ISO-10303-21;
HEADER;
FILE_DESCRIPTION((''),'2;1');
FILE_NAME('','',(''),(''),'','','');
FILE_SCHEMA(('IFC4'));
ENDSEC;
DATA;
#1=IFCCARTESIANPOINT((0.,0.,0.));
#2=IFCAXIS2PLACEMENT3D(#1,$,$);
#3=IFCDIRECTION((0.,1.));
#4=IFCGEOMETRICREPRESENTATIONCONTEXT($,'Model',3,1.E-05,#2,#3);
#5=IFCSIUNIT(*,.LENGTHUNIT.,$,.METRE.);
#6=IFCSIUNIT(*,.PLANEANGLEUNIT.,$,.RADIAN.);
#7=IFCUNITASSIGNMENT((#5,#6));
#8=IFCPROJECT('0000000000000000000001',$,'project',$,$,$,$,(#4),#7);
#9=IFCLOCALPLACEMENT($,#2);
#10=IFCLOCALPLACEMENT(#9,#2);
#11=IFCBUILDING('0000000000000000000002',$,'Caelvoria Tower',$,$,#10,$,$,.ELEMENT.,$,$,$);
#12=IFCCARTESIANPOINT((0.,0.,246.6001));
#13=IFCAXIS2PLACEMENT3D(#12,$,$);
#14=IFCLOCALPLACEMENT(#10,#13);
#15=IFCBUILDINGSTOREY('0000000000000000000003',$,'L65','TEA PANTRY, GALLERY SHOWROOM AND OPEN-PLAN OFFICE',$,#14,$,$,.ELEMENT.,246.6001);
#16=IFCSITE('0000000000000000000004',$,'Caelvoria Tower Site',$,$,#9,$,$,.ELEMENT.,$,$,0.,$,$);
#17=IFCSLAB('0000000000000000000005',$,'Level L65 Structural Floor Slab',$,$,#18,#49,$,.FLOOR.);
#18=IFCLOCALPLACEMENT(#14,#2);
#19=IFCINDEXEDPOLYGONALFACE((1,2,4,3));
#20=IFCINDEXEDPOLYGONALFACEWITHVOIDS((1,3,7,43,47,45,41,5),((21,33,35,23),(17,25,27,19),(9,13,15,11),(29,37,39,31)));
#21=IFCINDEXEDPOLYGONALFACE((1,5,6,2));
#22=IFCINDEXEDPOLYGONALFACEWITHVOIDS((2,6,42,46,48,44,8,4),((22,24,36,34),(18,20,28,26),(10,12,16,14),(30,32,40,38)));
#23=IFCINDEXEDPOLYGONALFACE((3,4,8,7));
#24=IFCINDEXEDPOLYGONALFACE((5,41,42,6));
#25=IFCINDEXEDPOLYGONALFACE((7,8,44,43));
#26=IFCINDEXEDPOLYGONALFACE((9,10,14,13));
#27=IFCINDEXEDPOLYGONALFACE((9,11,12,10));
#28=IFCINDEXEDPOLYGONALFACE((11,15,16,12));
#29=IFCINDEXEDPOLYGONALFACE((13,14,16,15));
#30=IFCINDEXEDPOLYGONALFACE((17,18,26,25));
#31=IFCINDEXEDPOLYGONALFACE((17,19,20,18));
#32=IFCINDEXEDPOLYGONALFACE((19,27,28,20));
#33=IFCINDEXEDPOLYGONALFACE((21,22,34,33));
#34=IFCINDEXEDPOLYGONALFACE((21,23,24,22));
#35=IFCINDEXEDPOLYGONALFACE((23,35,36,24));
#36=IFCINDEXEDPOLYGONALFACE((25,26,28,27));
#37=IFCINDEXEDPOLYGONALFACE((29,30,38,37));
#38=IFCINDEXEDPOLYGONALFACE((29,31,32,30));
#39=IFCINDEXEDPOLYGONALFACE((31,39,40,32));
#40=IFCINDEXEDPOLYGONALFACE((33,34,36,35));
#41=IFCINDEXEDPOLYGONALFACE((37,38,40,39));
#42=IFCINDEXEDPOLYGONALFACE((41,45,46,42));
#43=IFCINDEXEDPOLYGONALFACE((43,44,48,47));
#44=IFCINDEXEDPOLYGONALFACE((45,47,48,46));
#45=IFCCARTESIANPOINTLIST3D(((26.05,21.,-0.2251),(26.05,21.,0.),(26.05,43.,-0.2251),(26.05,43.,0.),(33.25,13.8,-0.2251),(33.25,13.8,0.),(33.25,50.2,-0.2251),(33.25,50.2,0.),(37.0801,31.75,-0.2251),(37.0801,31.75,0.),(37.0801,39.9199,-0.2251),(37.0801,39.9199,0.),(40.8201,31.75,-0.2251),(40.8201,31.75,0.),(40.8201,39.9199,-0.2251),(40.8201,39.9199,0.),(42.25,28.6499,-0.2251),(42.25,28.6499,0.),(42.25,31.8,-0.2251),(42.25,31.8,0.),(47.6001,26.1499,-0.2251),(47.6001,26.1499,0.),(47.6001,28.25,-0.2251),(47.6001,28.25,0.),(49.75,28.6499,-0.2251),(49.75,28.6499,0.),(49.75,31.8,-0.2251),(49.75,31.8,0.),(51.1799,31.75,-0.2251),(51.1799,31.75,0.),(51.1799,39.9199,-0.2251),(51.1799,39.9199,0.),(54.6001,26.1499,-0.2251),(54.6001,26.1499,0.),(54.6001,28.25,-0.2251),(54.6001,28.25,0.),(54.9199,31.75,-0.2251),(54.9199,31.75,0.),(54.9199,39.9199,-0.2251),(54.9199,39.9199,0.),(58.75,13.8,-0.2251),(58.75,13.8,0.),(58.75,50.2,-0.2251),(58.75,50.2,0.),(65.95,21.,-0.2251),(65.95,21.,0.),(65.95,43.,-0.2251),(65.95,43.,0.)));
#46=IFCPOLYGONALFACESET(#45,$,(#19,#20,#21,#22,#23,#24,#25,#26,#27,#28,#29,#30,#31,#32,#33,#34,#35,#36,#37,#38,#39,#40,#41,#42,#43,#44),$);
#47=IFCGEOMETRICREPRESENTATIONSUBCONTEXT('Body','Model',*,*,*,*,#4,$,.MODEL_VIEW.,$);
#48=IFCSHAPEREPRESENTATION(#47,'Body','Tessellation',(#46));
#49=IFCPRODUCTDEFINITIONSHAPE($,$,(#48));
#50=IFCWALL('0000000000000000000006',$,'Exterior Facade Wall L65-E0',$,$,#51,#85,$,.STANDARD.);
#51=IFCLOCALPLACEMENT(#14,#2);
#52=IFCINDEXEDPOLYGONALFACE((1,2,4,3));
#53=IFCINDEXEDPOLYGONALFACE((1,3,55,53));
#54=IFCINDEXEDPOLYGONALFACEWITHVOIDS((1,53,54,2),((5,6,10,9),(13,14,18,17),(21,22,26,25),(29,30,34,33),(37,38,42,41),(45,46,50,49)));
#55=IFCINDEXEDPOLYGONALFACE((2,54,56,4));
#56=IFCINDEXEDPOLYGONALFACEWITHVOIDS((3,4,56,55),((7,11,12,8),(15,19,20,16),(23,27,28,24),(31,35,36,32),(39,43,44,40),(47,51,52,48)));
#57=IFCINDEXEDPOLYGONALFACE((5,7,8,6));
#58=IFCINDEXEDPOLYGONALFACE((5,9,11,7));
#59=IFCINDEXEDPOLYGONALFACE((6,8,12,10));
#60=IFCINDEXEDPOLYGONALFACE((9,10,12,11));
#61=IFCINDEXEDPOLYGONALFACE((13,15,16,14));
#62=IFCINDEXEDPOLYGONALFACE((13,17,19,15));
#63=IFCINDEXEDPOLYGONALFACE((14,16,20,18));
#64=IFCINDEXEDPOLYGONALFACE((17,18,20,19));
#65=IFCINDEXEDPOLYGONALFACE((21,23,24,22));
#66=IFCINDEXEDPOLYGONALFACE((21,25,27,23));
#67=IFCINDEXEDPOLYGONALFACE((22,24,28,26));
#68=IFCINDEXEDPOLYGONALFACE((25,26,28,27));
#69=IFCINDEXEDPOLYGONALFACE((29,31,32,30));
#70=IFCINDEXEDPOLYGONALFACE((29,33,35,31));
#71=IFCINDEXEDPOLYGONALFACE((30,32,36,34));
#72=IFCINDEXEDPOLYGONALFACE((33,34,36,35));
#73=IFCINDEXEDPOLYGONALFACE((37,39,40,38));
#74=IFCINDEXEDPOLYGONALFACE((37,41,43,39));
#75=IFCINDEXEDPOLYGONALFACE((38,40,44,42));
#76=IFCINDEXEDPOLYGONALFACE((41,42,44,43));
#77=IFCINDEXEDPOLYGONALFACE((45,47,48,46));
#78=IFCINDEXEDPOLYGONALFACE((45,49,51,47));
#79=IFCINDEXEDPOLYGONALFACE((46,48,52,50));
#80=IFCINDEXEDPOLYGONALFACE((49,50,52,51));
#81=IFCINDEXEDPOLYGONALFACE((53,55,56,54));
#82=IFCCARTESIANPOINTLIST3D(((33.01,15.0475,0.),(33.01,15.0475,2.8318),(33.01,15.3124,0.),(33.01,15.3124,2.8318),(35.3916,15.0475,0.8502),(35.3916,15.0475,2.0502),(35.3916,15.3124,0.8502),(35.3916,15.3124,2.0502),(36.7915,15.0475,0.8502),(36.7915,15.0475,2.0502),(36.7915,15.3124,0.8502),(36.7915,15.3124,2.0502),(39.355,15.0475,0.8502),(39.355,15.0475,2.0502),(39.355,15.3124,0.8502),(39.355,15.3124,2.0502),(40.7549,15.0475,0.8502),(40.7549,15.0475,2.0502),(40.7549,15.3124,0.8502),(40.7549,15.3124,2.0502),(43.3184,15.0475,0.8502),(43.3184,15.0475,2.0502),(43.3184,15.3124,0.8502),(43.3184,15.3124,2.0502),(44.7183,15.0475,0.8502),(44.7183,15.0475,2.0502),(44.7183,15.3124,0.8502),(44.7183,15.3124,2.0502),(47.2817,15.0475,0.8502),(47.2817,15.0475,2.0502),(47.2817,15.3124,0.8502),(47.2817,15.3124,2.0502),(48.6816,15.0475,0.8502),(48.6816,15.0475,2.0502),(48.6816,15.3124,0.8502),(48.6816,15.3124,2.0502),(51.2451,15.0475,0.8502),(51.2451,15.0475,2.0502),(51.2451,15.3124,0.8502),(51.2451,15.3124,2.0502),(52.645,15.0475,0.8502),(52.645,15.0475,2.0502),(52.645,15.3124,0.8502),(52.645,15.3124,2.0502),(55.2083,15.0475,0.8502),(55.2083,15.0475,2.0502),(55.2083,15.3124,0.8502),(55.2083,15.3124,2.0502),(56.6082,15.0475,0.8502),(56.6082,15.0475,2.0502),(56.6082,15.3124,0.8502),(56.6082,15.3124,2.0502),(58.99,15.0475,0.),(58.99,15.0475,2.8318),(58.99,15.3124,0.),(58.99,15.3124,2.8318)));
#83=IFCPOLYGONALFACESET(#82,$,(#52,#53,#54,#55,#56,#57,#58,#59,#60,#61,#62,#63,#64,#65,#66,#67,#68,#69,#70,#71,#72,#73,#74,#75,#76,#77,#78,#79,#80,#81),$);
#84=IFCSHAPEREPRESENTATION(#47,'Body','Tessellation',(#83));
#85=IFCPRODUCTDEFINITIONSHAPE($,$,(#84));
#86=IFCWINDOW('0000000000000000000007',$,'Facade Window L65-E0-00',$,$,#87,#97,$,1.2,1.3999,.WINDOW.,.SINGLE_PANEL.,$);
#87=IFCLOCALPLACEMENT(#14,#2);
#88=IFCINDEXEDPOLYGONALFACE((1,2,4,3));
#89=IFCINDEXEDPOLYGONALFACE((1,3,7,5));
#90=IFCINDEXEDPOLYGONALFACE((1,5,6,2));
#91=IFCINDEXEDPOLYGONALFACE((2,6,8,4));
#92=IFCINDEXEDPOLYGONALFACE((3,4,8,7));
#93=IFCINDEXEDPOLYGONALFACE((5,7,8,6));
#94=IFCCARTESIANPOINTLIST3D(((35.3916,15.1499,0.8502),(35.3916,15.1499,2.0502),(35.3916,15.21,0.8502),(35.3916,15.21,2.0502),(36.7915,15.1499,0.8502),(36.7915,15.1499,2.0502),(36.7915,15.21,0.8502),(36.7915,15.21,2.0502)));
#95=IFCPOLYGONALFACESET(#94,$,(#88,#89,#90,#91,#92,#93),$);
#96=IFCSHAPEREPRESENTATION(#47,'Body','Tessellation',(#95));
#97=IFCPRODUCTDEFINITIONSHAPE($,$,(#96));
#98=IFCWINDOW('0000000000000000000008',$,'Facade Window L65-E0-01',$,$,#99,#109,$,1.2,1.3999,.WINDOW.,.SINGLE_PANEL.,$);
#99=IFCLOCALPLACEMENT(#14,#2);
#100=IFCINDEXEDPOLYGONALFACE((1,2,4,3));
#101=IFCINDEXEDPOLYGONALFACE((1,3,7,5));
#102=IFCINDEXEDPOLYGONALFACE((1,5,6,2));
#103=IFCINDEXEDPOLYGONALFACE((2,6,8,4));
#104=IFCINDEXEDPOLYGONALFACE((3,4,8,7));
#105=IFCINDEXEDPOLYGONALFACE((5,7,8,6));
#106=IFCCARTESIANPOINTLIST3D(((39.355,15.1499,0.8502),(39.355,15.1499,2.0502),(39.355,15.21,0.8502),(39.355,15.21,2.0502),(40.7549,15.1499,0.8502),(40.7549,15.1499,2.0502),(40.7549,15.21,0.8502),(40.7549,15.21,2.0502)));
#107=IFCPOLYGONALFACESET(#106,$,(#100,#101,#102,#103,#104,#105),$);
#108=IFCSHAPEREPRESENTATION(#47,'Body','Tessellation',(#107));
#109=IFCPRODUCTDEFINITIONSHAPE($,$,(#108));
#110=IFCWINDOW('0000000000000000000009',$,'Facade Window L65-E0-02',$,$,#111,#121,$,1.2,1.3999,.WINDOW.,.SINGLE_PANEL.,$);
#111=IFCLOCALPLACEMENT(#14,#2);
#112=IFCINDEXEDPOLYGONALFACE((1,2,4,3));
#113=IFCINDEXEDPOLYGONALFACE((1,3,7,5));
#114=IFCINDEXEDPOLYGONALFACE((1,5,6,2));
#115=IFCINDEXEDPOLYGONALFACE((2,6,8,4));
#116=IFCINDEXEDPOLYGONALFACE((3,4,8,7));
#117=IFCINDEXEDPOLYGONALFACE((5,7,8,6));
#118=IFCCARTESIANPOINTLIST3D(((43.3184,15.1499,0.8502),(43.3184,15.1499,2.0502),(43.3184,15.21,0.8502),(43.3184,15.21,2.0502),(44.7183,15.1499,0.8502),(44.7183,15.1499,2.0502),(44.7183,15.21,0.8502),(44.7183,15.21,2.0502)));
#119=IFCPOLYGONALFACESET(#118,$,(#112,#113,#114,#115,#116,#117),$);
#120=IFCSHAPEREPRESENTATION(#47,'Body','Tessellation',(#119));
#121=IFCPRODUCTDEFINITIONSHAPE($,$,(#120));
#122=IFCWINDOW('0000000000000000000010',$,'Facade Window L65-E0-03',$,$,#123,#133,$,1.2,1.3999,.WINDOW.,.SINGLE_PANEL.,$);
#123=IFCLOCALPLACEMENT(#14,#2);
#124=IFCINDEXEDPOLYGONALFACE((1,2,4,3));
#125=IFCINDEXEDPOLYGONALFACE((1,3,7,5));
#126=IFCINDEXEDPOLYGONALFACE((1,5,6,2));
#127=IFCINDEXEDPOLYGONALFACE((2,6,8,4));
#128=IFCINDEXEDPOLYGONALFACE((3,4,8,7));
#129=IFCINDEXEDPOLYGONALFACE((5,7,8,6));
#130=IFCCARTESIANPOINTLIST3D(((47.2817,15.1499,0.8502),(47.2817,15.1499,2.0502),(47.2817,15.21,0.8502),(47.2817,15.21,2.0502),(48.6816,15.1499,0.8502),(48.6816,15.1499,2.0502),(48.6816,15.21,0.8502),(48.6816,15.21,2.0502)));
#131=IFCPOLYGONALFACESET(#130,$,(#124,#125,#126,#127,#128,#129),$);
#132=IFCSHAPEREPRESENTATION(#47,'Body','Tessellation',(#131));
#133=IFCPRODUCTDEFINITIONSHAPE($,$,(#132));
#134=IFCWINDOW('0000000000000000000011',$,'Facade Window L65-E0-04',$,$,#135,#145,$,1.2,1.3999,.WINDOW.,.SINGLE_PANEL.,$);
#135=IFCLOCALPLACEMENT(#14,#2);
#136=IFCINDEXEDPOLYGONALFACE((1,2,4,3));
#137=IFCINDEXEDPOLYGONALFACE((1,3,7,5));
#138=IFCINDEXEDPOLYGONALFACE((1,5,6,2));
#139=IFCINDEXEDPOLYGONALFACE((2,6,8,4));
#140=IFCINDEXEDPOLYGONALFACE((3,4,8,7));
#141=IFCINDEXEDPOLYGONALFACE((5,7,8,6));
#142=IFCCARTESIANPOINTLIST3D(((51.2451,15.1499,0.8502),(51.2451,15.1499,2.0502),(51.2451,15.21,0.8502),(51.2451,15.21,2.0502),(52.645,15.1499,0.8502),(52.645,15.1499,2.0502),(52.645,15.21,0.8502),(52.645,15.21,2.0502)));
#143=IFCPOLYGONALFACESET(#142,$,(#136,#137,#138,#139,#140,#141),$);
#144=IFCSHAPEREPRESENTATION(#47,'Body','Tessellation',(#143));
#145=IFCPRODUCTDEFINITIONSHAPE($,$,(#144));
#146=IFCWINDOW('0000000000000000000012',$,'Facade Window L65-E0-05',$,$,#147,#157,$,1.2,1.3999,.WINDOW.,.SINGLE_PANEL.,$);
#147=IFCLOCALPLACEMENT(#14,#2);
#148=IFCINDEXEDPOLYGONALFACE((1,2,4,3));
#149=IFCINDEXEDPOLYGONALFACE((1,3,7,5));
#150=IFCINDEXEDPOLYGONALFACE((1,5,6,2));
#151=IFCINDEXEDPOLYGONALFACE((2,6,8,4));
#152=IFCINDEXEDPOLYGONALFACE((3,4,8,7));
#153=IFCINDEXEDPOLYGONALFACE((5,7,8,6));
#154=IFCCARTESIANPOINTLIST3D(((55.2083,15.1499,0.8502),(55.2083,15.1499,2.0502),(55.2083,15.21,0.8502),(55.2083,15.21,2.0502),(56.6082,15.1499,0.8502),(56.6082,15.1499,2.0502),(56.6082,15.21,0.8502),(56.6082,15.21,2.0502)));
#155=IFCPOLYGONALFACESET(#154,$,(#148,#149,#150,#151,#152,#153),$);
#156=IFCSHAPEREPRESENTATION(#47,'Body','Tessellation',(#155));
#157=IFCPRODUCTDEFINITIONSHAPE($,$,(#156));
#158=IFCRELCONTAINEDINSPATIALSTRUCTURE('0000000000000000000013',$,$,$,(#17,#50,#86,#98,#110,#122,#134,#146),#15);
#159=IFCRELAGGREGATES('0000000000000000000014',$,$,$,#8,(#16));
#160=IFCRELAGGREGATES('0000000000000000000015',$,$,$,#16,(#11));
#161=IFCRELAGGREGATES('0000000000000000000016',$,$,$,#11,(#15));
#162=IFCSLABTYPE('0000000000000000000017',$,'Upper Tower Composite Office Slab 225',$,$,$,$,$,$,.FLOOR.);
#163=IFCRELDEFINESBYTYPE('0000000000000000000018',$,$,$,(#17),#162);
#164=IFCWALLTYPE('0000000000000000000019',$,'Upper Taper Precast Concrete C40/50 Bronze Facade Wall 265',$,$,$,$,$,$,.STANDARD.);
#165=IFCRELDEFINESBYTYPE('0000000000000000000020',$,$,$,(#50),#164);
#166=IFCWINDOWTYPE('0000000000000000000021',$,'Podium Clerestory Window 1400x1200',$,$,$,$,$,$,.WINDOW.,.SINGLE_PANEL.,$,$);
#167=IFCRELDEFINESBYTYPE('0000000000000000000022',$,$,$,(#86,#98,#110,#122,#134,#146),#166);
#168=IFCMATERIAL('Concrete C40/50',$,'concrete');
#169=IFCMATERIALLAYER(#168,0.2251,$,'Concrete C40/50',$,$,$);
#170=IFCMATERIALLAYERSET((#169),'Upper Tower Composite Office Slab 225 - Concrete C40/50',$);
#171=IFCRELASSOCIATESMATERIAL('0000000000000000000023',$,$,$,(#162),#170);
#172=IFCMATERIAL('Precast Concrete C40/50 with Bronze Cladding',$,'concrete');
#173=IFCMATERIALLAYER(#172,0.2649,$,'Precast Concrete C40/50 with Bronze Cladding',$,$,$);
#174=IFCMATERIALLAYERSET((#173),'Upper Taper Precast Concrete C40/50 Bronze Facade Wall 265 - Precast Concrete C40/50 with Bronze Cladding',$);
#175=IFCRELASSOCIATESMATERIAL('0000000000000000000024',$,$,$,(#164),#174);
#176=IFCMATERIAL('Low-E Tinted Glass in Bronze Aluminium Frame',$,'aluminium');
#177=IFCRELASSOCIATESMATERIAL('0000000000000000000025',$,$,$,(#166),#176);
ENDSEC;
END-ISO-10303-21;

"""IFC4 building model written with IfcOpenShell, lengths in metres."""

from ifc_helpers import new_model, si_unit, direction, frame, frame_2d, origin, place, context, subcontext, project, spatial, polyline, rectangle, outline, extrude, material, layer, layer_set, type_object, element, fill, save


model = new_model("IFC4")

# Units and contexts
model_context = context("Model", 3, precision=1e-05, world=origin(), true_north=direction((0.0, 1.0)))
body_context = subcontext(model_context, "Body", "Model", "MODEL_VIEW")
ifc_project = project(units=[si_unit("LENGTHUNIT", "METRE"), si_unit("PLANEANGLEUNIT", "RADIAN")], contexts=[model_context])

# Site, building, storey
site_placement = place(None, origin())
site = spatial("IfcSite", under=ifc_project, at=site_placement, Name="Caelvoria Tower Site", CompositionType="ELEMENT", RefElevation=0.0)
building_placement = place(site_placement, origin())
building = spatial("IfcBuilding", under=site, at=building_placement, Name="Caelvoria Tower", CompositionType="ELEMENT")
storey_placement = place(building_placement, frame((0.0, 0.0, 246.6001)))
storey = spatial("IfcBuildingStorey", under=building, at=storey_placement, Name="L65", Description="TEA PANTRY, GALLERY SHOWROOM AND OPEN-PLAN OFFICE", CompositionType="ELEMENT", Elevation=246.6001)

# Shared definitions
ifc_material_1 = material(Name="Concrete C40/50", Category="concrete")

# Slab
ifc_layer_1 = layer(ifc_material_1, 0.2251, Name="Concrete C40/50")
ifc_layer_set_1 = layer_set([ifc_layer_1], Name="Upper Tower Composite Office Slab 225 - Concrete C40/50")
slab_type_1 = type_object("IfcSlabType", Name="Upper Tower Composite Office Slab 225", PredefinedType="FLOOR", material=ifc_layer_set_1)
slab_1_placement = place(storey_placement, frame((0.0, 0.0, -0.2251)))
element("IfcSlab", 1, at=slab_1_placement, inside=storey, type_object=slab_type_1, Name="Level L65 Structural Floor Slab", PredefinedType="FLOOR", context=body_context, shape_type="SweptSolid", body=[
    extrude(outline(polyline([(33.25, 13.8), (58.75, 13.8), (65.95, 21.0), (65.95, 43.0), (58.75, 50.2), (33.25, 50.2), (26.05, 43.0), (26.05, 21.0), (33.25, 13.8)]), holes=[polyline([(37.0801, 31.75), (40.8201, 31.75), (40.8201, 39.9199), (37.0801, 39.9199), (37.0801, 31.75)]), polyline([(51.1799, 31.75), (54.9199, 31.75), (54.9199, 39.9199), (51.1799, 39.9199), (51.1799, 31.75)]), polyline([(42.25, 28.6499), (49.75, 28.6499), (49.75, 31.8), (42.25, 31.8), (42.25, 28.6499)]), polyline([(47.6001, 26.1499), (54.6001, 26.1499), (54.6001, 28.25), (47.6001, 28.25), (47.6001, 26.1499)])]), origin(), (0.0, 0.0, 1.0), 0.2251),
])

# Wall, openings, windows
ifc_material_2 = material(Name="Precast Concrete C40/50 with Bronze Cladding", Category="concrete")
ifc_layer_2 = layer(ifc_material_2, 0.2649, Name="Precast Concrete C40/50 with Bronze Cladding")
ifc_layer_set_2 = layer_set([ifc_layer_2], Name="Upper Taper Precast Concrete C40/50 Bronze Facade Wall 265 - Precast Concrete C40/50 with Bronze Cladding")
wall_type = type_object("IfcWallType", Name="Upper Taper Precast Concrete C40/50 Bronze Facade Wall 265", PredefinedType="STANDARD", material=ifc_layer_set_2)
wall_1_placement = place(storey_placement, frame((33.01, 15.1799, 0.0), z_axis=(0.0, 0.0, 1.0), x_axis=(1.0, 0.0, 0.0)))
wall_1 = element("IfcWall", 2, at=wall_1_placement, inside=storey, type_object=wall_type, Name="Exterior Facade Wall L65-E0", PredefinedType="STANDARD", context=body_context, shape_type="SweptSolid", body=[
    extrude(rectangle(XDim=25.98, YDim=0.2649, at=frame_2d((12.99, 0.0))), origin(), (0.0, 0.0, 1.0), 2.8318),
])
opening_1_placement = place(wall_1_placement, frame((2.3816, 0.0, 0.8501)))
opening_1 = element("IfcOpeningElement", 3, at=opening_1_placement, cuts=wall_1, PredefinedType="OPENING", context=body_context, shape_type="SweptSolid", body=[
    extrude(rectangle(XDim=1.3999, YDim=1.2, at=frame_2d((0.7, 0.6001))), frame((0.0, 0.1423, 0.0), z_axis=(0.0, -1.0, 0.0), x_axis=(1.0, 0.0, 0.0)), (0.0, 0.0, 1.0), 0.2849),
])
opening_2_placement = place(wall_1_placement, frame((6.345, 0.0, 0.8501)))
opening_2 = element("IfcOpeningElement", 4, at=opening_2_placement, cuts=wall_1, PredefinedType="OPENING", context=body_context, shape_type="SweptSolid", body=[
    extrude(rectangle(XDim=1.3999, YDim=1.2, at=frame_2d((0.7, 0.6001))), frame((0.0, 0.1423, 0.0), z_axis=(0.0, -1.0, 0.0), x_axis=(1.0, 0.0, 0.0)), (0.0, 0.0, 1.0), 0.2849),
])
opening_3_placement = place(wall_1_placement, frame((10.3083, 0.0, 0.8501)))
opening_3 = element("IfcOpeningElement", 5, at=opening_3_placement, cuts=wall_1, PredefinedType="OPENING", context=body_context, shape_type="SweptSolid", body=[
    extrude(rectangle(XDim=1.3999, YDim=1.2, at=frame_2d((0.7, 0.6001))), frame((0.0, 0.1423, 0.0), z_axis=(0.0, -1.0, 0.0), x_axis=(1.0, 0.0, 0.0)), (0.0, 0.0, 1.0), 0.2849),
])
opening_4_placement = place(wall_1_placement, frame((14.2717, 0.0, 0.8501)))
opening_4 = element("IfcOpeningElement", 6, at=opening_4_placement, cuts=wall_1, PredefinedType="OPENING", context=body_context, shape_type="SweptSolid", body=[
    extrude(rectangle(XDim=1.3999, YDim=1.2, at=frame_2d((0.7, 0.6001))), frame((0.0, 0.1423, 0.0), z_axis=(0.0, -1.0, 0.0), x_axis=(1.0, 0.0, 0.0)), (0.0, 0.0, 1.0), 0.2849),
])
opening_5_placement = place(wall_1_placement, frame((18.2351, 0.0, 0.8501)))
opening_5 = element("IfcOpeningElement", 7, at=opening_5_placement, cuts=wall_1, PredefinedType="OPENING", context=body_context, shape_type="SweptSolid", body=[
    extrude(rectangle(XDim=1.3999, YDim=1.2, at=frame_2d((0.7, 0.6001))), frame((0.0, 0.1423, 0.0), z_axis=(0.0, -1.0, 0.0), x_axis=(1.0, 0.0, 0.0)), (0.0, 0.0, 1.0), 0.2849),
])
opening_6_placement = place(wall_1_placement, frame((22.1982, 0.0, 0.8501)))
opening_6 = element("IfcOpeningElement", 8, at=opening_6_placement, cuts=wall_1, PredefinedType="OPENING", context=body_context, shape_type="SweptSolid", body=[
    extrude(rectangle(XDim=1.3999, YDim=1.2, at=frame_2d((0.7, 0.6001))), frame((0.0, 0.1423, 0.0), z_axis=(0.0, -1.0, 0.0), x_axis=(1.0, 0.0, 0.0)), (0.0, 0.0, 1.0), 0.2849),
])
ifc_material_3 = material(Name="Low-E Tinted Glass in Bronze Aluminium Frame", Category="aluminium")
window_type = type_object("IfcWindowType", Name="Podium Clerestory Window 1400x1200", PartitioningType="SINGLE_PANEL", PredefinedType="WINDOW", material=ifc_material_3)
window_1_placement = place(opening_1_placement, origin())
window_1 = element("IfcWindow", 9, at=window_1_placement, inside=storey, type_object=window_type, Name="Facade Window L65-E0-00", OverallHeight=1.2, OverallWidth=1.3999, PartitioningType="SINGLE_PANEL", PredefinedType="WINDOW", context=body_context, shape_type="SweptSolid", body=[
    extrude(rectangle(XDim=1.3999, YDim=1.2, at=frame_2d((0.7, 0.6001))), frame((0.0, 0.03, 0.0), z_axis=(0.0, -1.0, 0.0), x_axis=(1.0, 0.0, 0.0)), (0.0, 0.0, 1.0), 0.0601),
])
fill(opening_1, window_1)
window_2_placement = place(opening_2_placement, origin())
window_2 = element("IfcWindow", 10, at=window_2_placement, inside=storey, type_object=window_type, Name="Facade Window L65-E0-01", OverallHeight=1.2, OverallWidth=1.3999, PartitioningType="SINGLE_PANEL", PredefinedType="WINDOW", context=body_context, shape_type="SweptSolid", body=[
    extrude(rectangle(XDim=1.3999, YDim=1.2, at=frame_2d((0.7, 0.6001))), frame((0.0, 0.03, 0.0), z_axis=(0.0, -1.0, 0.0), x_axis=(1.0, 0.0, 0.0)), (0.0, 0.0, 1.0), 0.0601),
])
fill(opening_2, window_2)
window_3_placement = place(opening_3_placement, origin())
window_3 = element("IfcWindow", 11, at=window_3_placement, inside=storey, type_object=window_type, Name="Facade Window L65-E0-02", OverallHeight=1.2, OverallWidth=1.3999, PartitioningType="SINGLE_PANEL", PredefinedType="WINDOW", context=body_context, shape_type="SweptSolid", body=[
    extrude(rectangle(XDim=1.3999, YDim=1.2, at=frame_2d((0.7, 0.6001))), frame((0.0, 0.03, 0.0), z_axis=(0.0, -1.0, 0.0), x_axis=(1.0, 0.0, 0.0)), (0.0, 0.0, 1.0), 0.0601),
])
fill(opening_3, window_3)
window_4_placement = place(opening_4_placement, origin())
window_4 = element("IfcWindow", 12, at=window_4_placement, inside=storey, type_object=window_type, Name="Facade Window L65-E0-03", OverallHeight=1.2, OverallWidth=1.3999, PartitioningType="SINGLE_PANEL", PredefinedType="WINDOW", context=body_context, shape_type="SweptSolid", body=[
    extrude(rectangle(XDim=1.3999, YDim=1.2, at=frame_2d((0.7, 0.6001))), frame((0.0, 0.03, 0.0), z_axis=(0.0, -1.0, 0.0), x_axis=(1.0, 0.0, 0.0)), (0.0, 0.0, 1.0), 0.0601),
])
fill(opening_4, window_4)
window_5_placement = place(opening_5_placement, origin())
window_5 = element("IfcWindow", 13, at=window_5_placement, inside=storey, type_object=window_type, Name="Facade Window L65-E0-04", OverallHeight=1.2, OverallWidth=1.3999, PartitioningType="SINGLE_PANEL", PredefinedType="WINDOW", context=body_context, shape_type="SweptSolid", body=[
    extrude(rectangle(XDim=1.3999, YDim=1.2, at=frame_2d((0.7, 0.6001))), frame((0.0, 0.03, 0.0), z_axis=(0.0, -1.0, 0.0), x_axis=(1.0, 0.0, 0.0)), (0.0, 0.0, 1.0), 0.0601),
])
fill(opening_5, window_5)
window_6_placement = place(opening_6_placement, origin())
window_6 = element("IfcWindow", 14, at=window_6_placement, inside=storey, type_object=window_type, Name="Facade Window L65-E0-05", OverallHeight=1.2, OverallWidth=1.3999, PartitioningType="SINGLE_PANEL", PredefinedType="WINDOW", context=body_context, shape_type="SweptSolid", body=[
    extrude(rectangle(XDim=1.3999, YDim=1.2, at=frame_2d((0.7, 0.6001))), frame((0.0, 0.03, 0.0), z_axis=(0.0, -1.0, 0.0), x_axis=(1.0, 0.0, 0.0)), (0.0, 0.0, 1.0), 0.0601),
])
fill(opening_6, window_6)

save(model, "model.ifc")
